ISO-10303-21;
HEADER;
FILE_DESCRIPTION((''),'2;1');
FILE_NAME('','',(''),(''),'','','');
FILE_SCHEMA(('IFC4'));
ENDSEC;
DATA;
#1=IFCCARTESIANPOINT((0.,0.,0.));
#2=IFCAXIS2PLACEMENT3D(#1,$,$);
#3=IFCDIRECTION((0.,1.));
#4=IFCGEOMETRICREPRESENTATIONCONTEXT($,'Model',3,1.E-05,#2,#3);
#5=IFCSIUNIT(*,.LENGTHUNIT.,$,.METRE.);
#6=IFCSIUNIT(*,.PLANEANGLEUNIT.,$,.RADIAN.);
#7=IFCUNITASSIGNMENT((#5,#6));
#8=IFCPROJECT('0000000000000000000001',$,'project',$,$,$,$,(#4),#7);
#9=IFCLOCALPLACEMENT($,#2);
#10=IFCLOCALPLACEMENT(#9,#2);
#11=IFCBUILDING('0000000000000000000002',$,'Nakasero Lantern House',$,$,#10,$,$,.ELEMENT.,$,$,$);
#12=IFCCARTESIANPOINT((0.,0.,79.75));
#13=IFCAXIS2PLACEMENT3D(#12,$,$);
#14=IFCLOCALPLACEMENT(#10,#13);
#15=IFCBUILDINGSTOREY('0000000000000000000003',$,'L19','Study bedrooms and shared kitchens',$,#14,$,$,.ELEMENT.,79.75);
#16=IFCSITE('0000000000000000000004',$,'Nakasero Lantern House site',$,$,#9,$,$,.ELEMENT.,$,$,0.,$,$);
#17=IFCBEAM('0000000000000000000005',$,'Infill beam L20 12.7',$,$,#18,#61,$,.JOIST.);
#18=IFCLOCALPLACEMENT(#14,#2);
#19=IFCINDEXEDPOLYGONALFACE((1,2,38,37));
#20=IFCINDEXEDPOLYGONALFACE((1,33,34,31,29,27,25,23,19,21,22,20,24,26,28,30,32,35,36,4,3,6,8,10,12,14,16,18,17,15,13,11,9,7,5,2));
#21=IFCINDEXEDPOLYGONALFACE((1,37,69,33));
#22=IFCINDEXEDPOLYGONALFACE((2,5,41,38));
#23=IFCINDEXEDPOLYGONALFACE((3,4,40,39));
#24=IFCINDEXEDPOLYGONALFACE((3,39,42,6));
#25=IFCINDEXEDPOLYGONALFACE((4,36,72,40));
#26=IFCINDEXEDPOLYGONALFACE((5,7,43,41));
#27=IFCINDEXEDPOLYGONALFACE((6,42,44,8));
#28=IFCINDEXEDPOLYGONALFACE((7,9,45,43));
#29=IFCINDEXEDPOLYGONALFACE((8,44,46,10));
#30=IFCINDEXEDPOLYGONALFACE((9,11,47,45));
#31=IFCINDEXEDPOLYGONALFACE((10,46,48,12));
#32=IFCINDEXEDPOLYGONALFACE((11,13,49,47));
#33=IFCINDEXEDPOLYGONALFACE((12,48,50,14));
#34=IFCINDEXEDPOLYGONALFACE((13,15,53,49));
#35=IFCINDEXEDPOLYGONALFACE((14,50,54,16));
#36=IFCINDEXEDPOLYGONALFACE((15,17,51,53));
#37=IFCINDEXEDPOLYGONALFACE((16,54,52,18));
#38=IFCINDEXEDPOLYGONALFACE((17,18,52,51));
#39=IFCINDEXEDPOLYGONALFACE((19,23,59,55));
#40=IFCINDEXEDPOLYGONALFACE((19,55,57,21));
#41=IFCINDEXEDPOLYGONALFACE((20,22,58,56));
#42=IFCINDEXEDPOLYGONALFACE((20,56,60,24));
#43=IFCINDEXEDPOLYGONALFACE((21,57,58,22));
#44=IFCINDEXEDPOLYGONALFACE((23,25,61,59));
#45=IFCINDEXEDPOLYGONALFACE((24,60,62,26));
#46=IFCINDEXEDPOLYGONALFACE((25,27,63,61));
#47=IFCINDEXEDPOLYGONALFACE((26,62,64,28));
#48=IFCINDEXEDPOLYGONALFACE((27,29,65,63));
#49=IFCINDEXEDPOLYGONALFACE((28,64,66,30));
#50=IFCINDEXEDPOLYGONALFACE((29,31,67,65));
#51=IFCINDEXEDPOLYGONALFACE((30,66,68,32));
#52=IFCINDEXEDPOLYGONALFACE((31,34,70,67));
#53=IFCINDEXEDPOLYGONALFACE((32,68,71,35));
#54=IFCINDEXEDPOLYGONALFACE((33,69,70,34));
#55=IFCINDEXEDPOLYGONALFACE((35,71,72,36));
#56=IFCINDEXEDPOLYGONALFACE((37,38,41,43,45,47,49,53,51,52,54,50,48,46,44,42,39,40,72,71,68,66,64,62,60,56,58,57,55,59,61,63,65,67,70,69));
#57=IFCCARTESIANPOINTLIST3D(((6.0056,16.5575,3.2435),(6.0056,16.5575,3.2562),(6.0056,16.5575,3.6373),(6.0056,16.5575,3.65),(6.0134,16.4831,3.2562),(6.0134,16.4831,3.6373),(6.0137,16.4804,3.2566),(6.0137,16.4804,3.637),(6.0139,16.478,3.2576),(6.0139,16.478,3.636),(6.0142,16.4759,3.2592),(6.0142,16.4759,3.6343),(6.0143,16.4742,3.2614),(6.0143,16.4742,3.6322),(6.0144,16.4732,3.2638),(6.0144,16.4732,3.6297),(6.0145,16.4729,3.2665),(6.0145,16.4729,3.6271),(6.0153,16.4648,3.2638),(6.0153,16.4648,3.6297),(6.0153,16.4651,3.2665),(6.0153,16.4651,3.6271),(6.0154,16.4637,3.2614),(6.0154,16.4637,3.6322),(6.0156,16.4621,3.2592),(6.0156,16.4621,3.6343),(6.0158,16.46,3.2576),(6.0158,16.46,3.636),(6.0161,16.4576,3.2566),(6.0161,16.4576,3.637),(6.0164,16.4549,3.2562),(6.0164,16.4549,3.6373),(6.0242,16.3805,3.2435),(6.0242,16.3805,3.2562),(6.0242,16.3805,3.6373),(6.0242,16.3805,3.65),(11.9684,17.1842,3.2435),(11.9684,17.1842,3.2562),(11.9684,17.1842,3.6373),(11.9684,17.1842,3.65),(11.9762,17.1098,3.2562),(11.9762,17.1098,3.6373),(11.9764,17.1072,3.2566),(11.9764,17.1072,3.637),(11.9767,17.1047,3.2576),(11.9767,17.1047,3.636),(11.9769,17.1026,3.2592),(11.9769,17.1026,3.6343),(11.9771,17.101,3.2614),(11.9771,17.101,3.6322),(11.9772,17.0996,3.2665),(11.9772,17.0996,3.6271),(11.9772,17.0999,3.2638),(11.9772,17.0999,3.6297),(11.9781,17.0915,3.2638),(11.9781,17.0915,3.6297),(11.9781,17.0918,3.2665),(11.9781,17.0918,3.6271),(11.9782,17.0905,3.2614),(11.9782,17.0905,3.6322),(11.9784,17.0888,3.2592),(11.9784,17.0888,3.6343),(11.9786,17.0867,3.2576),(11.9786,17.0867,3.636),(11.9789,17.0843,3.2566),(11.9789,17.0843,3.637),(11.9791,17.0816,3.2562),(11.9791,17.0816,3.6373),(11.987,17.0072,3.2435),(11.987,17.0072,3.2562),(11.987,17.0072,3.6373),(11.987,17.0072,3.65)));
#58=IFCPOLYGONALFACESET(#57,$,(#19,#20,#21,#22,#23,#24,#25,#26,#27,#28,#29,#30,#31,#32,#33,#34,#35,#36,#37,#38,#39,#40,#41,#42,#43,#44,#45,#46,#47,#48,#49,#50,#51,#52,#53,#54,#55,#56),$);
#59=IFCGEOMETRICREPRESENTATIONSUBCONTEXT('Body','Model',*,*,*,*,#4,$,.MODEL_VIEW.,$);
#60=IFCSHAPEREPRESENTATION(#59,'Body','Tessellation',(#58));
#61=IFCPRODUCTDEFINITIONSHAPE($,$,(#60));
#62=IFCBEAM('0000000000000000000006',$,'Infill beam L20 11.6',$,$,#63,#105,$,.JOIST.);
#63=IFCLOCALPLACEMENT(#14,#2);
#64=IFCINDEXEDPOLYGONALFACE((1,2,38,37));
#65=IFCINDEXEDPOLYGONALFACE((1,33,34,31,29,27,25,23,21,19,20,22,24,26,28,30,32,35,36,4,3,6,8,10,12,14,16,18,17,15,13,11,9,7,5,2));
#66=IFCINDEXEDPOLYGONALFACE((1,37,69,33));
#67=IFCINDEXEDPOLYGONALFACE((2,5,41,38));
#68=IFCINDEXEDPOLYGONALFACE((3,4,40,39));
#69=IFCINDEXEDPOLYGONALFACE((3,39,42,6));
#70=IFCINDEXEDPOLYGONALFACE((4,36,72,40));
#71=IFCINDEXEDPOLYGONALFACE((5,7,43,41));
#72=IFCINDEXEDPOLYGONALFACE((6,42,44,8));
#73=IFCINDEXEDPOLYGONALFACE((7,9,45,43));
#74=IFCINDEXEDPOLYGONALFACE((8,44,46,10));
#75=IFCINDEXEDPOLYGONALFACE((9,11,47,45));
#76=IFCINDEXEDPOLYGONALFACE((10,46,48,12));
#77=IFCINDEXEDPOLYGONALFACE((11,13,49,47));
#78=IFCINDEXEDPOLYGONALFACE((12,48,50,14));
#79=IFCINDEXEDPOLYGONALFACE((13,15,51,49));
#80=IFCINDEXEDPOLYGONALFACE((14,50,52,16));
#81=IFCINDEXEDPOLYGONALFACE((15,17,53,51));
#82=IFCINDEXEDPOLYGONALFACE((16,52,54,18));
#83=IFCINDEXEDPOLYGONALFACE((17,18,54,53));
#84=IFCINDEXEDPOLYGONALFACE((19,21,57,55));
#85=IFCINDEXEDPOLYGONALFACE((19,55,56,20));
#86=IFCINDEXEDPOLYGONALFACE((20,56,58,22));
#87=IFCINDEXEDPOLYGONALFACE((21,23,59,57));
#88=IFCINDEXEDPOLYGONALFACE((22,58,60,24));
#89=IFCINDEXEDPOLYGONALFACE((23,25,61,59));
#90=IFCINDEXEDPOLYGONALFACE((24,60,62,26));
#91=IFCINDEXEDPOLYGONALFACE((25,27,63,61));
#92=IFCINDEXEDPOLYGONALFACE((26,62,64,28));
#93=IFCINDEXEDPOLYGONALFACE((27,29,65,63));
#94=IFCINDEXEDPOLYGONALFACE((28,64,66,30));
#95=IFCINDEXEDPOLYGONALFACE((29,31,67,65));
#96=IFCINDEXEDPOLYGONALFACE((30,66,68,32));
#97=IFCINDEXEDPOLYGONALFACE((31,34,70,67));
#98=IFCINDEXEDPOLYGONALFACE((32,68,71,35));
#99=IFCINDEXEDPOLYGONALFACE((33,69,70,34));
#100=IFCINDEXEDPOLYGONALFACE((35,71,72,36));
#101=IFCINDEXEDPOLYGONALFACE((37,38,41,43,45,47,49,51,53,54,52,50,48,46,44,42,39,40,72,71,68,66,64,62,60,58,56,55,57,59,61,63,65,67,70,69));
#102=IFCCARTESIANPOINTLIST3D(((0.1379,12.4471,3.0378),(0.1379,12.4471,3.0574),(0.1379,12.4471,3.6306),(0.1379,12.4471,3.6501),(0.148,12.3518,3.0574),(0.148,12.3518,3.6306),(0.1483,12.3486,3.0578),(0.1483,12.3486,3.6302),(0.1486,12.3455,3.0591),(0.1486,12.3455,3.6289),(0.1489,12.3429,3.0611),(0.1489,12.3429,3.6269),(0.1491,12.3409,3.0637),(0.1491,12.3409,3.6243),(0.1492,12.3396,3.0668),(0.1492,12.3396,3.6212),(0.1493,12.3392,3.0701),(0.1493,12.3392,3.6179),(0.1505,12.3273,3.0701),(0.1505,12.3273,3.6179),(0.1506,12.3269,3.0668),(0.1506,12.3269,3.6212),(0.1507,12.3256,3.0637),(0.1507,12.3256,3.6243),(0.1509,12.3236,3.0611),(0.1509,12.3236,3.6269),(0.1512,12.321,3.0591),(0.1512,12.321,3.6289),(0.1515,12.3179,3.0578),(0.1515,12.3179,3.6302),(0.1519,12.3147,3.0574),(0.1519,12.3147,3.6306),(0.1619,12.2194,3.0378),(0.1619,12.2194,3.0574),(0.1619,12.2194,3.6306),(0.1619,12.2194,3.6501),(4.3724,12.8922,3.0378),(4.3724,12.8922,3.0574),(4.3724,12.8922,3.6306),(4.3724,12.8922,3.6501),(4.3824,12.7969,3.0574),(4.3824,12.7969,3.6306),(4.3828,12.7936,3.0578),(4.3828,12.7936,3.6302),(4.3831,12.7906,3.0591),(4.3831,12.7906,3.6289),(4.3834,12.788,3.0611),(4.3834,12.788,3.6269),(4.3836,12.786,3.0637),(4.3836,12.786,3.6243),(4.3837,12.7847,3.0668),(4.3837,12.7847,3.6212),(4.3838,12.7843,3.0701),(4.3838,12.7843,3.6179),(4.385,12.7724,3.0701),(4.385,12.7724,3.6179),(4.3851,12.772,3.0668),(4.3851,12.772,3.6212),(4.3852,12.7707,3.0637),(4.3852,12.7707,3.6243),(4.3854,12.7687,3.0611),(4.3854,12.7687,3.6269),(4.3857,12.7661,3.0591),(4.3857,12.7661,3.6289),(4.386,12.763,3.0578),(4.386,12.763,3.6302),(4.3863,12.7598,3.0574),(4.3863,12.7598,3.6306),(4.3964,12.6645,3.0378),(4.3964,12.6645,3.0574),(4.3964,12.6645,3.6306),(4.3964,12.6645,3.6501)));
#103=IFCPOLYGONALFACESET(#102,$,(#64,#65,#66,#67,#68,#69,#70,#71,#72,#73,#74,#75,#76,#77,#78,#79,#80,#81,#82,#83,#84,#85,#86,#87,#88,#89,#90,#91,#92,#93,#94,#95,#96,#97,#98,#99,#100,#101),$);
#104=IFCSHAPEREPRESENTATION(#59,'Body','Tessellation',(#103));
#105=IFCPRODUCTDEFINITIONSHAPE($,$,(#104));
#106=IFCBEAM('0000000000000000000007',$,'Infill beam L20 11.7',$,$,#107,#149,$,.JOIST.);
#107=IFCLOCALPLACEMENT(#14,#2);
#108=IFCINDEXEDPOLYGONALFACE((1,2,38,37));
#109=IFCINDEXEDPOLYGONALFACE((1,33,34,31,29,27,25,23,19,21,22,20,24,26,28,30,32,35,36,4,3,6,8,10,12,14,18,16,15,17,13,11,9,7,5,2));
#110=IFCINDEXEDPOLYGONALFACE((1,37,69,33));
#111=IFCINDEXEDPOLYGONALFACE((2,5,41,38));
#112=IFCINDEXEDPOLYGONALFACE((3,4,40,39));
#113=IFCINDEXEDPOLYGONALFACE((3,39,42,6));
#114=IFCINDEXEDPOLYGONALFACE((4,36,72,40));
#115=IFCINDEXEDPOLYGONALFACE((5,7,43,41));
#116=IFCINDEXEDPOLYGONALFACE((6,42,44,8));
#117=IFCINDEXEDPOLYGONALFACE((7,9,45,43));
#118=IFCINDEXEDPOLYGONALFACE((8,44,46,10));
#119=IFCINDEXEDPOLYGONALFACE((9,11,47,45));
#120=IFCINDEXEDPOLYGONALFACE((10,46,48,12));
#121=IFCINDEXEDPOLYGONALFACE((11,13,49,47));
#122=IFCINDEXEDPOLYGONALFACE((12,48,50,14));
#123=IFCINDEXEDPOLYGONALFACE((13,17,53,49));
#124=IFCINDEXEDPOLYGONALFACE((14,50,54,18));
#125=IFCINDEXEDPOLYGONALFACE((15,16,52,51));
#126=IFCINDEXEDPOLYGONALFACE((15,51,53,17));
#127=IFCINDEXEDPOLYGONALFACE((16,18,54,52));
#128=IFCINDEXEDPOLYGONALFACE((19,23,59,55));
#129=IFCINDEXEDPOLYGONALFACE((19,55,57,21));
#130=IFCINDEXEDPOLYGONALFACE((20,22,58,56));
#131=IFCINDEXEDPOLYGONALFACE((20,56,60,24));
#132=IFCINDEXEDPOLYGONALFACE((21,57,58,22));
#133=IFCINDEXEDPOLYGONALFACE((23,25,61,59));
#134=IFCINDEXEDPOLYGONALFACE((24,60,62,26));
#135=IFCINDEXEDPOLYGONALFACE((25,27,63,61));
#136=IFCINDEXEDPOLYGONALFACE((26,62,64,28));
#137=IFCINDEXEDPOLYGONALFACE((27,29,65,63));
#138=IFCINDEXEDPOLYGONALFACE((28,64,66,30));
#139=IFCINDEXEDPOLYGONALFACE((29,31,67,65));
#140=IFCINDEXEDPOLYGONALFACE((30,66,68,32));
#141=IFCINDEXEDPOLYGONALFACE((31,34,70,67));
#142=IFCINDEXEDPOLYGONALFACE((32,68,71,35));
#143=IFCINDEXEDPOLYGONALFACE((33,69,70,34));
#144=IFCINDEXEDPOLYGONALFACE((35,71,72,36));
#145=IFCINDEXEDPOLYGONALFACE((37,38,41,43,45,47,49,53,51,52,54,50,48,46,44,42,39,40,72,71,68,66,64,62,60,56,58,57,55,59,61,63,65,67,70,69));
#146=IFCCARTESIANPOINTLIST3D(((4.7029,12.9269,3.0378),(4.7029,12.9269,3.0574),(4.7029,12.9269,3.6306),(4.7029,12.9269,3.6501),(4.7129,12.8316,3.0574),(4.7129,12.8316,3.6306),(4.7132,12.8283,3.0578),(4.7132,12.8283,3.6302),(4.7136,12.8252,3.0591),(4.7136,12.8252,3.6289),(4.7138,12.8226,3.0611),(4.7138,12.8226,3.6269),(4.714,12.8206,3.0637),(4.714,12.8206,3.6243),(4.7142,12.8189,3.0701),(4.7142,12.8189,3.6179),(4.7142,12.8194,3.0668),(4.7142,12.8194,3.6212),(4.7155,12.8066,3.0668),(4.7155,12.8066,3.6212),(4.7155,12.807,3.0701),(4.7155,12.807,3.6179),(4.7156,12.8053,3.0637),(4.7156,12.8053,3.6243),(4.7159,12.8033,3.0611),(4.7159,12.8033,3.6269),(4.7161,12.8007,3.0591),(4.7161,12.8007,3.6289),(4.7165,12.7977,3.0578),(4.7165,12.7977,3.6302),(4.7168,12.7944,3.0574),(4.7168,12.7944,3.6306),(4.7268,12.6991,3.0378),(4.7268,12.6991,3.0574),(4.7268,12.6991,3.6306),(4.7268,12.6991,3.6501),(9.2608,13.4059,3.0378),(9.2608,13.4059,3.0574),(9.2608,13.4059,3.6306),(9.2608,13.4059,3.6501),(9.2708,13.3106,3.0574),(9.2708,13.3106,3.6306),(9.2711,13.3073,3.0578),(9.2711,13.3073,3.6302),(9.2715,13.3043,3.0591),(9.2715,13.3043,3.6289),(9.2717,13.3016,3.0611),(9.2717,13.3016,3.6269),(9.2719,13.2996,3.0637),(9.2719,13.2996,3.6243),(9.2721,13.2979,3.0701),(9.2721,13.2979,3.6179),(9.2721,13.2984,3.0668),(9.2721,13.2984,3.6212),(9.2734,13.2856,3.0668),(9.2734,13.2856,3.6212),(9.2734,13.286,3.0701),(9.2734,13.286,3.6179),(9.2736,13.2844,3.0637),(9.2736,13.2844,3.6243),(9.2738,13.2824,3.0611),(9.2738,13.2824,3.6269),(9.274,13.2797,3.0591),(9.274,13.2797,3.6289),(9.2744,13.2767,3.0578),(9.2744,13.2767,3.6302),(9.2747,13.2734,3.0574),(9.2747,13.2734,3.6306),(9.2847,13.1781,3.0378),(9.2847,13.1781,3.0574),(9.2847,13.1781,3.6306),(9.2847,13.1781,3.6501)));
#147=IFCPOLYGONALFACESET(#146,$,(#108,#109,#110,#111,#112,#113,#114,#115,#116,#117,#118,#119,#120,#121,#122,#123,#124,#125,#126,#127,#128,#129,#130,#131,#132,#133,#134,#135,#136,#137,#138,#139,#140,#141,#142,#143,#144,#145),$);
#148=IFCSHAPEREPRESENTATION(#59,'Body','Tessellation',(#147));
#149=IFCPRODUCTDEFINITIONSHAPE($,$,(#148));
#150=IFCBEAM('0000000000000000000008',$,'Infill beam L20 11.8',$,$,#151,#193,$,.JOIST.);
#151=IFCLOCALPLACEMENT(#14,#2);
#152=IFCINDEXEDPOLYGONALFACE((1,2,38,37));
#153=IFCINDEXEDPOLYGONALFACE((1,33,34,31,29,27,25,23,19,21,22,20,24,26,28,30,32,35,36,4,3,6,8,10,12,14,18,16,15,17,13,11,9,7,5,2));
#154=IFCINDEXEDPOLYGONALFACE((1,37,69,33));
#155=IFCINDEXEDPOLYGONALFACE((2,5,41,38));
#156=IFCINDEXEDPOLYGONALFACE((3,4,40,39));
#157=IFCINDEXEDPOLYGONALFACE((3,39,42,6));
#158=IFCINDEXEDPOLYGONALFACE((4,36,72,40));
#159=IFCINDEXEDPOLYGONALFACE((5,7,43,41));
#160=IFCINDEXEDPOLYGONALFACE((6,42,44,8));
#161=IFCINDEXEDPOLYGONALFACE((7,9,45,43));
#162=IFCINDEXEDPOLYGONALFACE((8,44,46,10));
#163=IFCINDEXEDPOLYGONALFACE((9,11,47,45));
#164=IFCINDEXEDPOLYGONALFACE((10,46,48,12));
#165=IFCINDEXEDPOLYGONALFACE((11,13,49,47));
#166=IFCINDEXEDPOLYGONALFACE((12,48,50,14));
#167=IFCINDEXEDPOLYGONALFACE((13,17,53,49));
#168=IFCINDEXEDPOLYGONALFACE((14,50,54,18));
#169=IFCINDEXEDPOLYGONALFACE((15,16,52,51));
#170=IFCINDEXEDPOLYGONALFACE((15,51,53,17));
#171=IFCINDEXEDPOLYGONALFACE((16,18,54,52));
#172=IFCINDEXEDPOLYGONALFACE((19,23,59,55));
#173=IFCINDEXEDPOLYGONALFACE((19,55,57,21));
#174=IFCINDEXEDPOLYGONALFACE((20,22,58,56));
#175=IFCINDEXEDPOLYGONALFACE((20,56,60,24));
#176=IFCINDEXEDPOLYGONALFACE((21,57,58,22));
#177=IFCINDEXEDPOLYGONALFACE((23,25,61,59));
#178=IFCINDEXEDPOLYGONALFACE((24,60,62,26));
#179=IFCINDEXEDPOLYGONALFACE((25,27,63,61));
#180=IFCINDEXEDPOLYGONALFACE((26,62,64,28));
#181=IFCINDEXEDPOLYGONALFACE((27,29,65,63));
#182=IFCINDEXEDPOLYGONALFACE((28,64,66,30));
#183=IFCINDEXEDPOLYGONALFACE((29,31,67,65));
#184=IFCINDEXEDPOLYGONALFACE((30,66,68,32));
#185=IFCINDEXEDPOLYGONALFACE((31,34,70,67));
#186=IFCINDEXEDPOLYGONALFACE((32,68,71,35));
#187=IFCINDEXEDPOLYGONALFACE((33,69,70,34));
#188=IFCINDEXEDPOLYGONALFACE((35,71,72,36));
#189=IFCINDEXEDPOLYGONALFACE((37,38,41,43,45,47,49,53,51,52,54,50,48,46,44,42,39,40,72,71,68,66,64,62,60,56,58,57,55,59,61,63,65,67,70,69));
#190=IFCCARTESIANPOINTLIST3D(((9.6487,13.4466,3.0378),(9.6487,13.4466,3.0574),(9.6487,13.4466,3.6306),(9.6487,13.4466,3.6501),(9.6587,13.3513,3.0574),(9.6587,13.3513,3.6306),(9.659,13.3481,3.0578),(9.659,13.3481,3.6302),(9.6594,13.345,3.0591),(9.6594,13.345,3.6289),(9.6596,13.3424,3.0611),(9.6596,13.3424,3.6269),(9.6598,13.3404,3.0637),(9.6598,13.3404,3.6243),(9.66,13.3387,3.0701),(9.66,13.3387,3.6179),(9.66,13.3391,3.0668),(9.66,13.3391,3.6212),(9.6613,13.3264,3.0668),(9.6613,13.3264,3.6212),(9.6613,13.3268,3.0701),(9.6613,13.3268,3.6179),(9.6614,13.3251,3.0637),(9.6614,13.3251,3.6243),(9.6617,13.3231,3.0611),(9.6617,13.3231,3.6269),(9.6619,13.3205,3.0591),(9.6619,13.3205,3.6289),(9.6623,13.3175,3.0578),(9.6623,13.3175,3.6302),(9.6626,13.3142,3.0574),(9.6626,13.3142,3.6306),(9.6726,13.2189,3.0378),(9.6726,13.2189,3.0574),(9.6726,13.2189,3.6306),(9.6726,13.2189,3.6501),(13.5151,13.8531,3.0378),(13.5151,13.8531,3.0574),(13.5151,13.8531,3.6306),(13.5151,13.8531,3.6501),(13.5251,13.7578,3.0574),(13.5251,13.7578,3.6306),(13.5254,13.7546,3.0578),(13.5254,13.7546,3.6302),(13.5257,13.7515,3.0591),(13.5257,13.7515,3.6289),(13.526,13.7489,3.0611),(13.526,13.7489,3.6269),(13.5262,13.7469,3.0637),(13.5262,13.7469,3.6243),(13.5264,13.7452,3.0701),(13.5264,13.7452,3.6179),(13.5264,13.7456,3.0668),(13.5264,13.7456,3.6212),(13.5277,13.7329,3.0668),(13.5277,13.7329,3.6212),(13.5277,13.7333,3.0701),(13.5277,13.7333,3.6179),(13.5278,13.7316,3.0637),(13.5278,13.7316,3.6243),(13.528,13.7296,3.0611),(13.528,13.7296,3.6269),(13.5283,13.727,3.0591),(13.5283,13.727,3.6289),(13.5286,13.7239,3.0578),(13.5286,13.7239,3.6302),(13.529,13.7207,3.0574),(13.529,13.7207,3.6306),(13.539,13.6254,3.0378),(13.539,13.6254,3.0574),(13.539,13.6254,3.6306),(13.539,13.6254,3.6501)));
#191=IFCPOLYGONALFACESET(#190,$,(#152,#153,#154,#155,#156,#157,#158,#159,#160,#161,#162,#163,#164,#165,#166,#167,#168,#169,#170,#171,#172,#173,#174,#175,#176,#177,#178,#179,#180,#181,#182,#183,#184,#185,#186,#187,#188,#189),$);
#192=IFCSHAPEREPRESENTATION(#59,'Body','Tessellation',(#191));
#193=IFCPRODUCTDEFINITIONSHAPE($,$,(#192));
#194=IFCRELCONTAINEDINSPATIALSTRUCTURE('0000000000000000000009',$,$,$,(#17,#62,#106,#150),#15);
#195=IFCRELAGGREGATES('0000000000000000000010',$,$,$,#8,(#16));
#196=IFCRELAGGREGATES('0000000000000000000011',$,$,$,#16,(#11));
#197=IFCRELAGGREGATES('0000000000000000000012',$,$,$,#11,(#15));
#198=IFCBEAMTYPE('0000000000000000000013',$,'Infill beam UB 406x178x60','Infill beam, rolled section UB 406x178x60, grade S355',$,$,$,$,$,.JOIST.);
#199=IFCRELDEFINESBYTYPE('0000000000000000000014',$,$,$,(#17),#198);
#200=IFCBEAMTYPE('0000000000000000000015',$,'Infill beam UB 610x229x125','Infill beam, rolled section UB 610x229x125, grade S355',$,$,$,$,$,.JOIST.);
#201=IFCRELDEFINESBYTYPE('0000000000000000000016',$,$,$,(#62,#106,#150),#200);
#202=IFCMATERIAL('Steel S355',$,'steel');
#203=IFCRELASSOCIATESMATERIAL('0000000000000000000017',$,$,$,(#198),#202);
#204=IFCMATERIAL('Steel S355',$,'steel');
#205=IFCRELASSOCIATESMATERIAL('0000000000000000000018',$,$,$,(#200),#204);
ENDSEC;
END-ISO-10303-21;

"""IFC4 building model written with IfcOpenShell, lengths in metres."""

from ifc_helpers import new_model, si_unit, direction, frame, origin, origin_2d, place, context, subcontext, project, spatial, i_section, extrude, material, material_profile, profile_set, type_object, element, save


model = new_model("IFC4")

# Units and contexts
model_context = context("Model", 3, precision=1e-05, world=origin(), true_north=direction((0.0, 1.0)))
body_context = subcontext(model_context, "Body", "Model", "MODEL_VIEW")
ifc_project = project(units=[si_unit("LENGTHUNIT", "METRE"), si_unit("PLANEANGLEUNIT", "RADIAN")], contexts=[model_context])

# Site, building, storey
site_placement = place(None, origin())
site = spatial("IfcSite", under=ifc_project, at=site_placement, Name="Nakasero Lantern House site", CompositionType="ELEMENT", RefElevation=0.0)
building_placement = place(site_placement, origin())
building = spatial("IfcBuilding", under=site, at=building_placement, Name="Nakasero Lantern House", CompositionType="ELEMENT")
storey_placement = place(building_placement, frame((0.0, 0.0, 79.75)))
storey = spatial("IfcBuildingStorey", under=building, at=storey_placement, Name="L19", Description="Study bedrooms and shared kitchens", CompositionType="ELEMENT", Elevation=79.75)

# Beams
ifc_material_1 = material(Name="Steel S355", Category="steel")
ifc_material_profile_1 = material_profile(ifc_material_1, i_section(OverallWidth=0.178, OverallDepth=0.4065, WebThickness=0.0078, FlangeThickness=0.0127, FilletRadius=0.0103, at=origin_2d()), Name="UB 406x178x60")
ifc_profile_set_1 = profile_set([ifc_material_profile_1], Name="Steel S355")
beam_type_1 = type_object("IfcBeamType", Name="Infill beam UB 406x178x60", Description="Infill beam, rolled section UB 406x178x60, grade S355", PredefinedType="JOIST", material=ifc_profile_set_1)
beam_1_placement = place(storey_placement, frame((6.0149, 16.469, 3.4468), z_axis=(0.994522, 0.10453, 0.0), x_axis=(-0.10453, 0.994522, 0.0)))
element("IfcBeam", 1, at=beam_1_placement, inside=storey, type_object=beam_type_1, Name="Infill beam L20 12.7", PredefinedType="JOIST", context=body_context, shape_type="SweptSolid", body=[
    extrude(i_section(OverallWidth=0.178, OverallDepth=0.4065, WebThickness=0.0078, FlangeThickness=0.0127, FilletRadius=0.0103, at=origin_2d()), origin(), (0.0, 0.0, 1.0), 5.9956),
])
ifc_material_2 = material(Name="Steel S355", Category="steel")
ifc_material_profile_2 = material_profile(ifc_material_2, i_section(OverallWidth=0.229, OverallDepth=0.6123, WebThickness=0.012, FlangeThickness=0.0195, FilletRadius=0.0127, at=origin_2d()), Name="UB 610x229x125")
ifc_profile_set_2 = profile_set([ifc_material_profile_2], Name="Steel S355")
beam_type_2 = type_object("IfcBeamType", Name="Infill beam UB 610x229x125", Description="Infill beam, rolled section UB 610x229x125, grade S355", PredefinedType="JOIST", material=ifc_profile_set_2)
beam_2_placement = place(storey_placement, frame((0.1499, 12.3333, 3.344), z_axis=(0.994521, 0.104533, 0.0), x_axis=(-0.104533, 0.994521, 0.0)))
element("IfcBeam", 2, at=beam_2_placement, inside=storey, type_object=beam_type_2, Name="Infill beam L20 11.6", PredefinedType="JOIST", context=body_context, shape_type="SweptSolid", body=[
    extrude(i_section(OverallWidth=0.229, OverallDepth=0.6123, WebThickness=0.012, FlangeThickness=0.0195, FilletRadius=0.0127, at=origin_2d()), origin(), (0.0, 0.0, 1.0), 4.2578),
])
beam_3_placement = place(storey_placement, frame((4.7148, 12.813, 3.344), z_axis=(0.994523, 0.104518, 0.0), x_axis=(-0.104518, 0.994523, 0.0)))
element("IfcBeam", 3, at=beam_3_placement, inside=storey, type_object=beam_type_2, Name="Infill beam L20 11.7", PredefinedType="JOIST", context=body_context, shape_type="SweptSolid", body=[
    extrude(i_section(OverallWidth=0.229, OverallDepth=0.6123, WebThickness=0.012, FlangeThickness=0.0195, FilletRadius=0.0127, at=origin_2d()), origin(), (0.0, 0.0, 1.0), 4.583),
])
beam_4_placement = place(storey_placement, frame((9.6606, 13.3328, 3.344), z_axis=(0.994519, 0.104557, 0.0), x_axis=(-0.104557, 0.994519, 0.0)))
element("IfcBeam", 4, at=beam_4_placement, inside=storey, type_object=beam_type_2, Name="Infill beam L20 11.8", PredefinedType="JOIST", context=body_context, shape_type="SweptSolid", body=[
    extrude(i_section(OverallWidth=0.229, OverallDepth=0.6123, WebThickness=0.012, FlangeThickness=0.0195, FilletRadius=0.0127, at=origin_2d()), origin(), (0.0, 0.0, 1.0), 3.8877),
])

save(model, "model.ifc")
